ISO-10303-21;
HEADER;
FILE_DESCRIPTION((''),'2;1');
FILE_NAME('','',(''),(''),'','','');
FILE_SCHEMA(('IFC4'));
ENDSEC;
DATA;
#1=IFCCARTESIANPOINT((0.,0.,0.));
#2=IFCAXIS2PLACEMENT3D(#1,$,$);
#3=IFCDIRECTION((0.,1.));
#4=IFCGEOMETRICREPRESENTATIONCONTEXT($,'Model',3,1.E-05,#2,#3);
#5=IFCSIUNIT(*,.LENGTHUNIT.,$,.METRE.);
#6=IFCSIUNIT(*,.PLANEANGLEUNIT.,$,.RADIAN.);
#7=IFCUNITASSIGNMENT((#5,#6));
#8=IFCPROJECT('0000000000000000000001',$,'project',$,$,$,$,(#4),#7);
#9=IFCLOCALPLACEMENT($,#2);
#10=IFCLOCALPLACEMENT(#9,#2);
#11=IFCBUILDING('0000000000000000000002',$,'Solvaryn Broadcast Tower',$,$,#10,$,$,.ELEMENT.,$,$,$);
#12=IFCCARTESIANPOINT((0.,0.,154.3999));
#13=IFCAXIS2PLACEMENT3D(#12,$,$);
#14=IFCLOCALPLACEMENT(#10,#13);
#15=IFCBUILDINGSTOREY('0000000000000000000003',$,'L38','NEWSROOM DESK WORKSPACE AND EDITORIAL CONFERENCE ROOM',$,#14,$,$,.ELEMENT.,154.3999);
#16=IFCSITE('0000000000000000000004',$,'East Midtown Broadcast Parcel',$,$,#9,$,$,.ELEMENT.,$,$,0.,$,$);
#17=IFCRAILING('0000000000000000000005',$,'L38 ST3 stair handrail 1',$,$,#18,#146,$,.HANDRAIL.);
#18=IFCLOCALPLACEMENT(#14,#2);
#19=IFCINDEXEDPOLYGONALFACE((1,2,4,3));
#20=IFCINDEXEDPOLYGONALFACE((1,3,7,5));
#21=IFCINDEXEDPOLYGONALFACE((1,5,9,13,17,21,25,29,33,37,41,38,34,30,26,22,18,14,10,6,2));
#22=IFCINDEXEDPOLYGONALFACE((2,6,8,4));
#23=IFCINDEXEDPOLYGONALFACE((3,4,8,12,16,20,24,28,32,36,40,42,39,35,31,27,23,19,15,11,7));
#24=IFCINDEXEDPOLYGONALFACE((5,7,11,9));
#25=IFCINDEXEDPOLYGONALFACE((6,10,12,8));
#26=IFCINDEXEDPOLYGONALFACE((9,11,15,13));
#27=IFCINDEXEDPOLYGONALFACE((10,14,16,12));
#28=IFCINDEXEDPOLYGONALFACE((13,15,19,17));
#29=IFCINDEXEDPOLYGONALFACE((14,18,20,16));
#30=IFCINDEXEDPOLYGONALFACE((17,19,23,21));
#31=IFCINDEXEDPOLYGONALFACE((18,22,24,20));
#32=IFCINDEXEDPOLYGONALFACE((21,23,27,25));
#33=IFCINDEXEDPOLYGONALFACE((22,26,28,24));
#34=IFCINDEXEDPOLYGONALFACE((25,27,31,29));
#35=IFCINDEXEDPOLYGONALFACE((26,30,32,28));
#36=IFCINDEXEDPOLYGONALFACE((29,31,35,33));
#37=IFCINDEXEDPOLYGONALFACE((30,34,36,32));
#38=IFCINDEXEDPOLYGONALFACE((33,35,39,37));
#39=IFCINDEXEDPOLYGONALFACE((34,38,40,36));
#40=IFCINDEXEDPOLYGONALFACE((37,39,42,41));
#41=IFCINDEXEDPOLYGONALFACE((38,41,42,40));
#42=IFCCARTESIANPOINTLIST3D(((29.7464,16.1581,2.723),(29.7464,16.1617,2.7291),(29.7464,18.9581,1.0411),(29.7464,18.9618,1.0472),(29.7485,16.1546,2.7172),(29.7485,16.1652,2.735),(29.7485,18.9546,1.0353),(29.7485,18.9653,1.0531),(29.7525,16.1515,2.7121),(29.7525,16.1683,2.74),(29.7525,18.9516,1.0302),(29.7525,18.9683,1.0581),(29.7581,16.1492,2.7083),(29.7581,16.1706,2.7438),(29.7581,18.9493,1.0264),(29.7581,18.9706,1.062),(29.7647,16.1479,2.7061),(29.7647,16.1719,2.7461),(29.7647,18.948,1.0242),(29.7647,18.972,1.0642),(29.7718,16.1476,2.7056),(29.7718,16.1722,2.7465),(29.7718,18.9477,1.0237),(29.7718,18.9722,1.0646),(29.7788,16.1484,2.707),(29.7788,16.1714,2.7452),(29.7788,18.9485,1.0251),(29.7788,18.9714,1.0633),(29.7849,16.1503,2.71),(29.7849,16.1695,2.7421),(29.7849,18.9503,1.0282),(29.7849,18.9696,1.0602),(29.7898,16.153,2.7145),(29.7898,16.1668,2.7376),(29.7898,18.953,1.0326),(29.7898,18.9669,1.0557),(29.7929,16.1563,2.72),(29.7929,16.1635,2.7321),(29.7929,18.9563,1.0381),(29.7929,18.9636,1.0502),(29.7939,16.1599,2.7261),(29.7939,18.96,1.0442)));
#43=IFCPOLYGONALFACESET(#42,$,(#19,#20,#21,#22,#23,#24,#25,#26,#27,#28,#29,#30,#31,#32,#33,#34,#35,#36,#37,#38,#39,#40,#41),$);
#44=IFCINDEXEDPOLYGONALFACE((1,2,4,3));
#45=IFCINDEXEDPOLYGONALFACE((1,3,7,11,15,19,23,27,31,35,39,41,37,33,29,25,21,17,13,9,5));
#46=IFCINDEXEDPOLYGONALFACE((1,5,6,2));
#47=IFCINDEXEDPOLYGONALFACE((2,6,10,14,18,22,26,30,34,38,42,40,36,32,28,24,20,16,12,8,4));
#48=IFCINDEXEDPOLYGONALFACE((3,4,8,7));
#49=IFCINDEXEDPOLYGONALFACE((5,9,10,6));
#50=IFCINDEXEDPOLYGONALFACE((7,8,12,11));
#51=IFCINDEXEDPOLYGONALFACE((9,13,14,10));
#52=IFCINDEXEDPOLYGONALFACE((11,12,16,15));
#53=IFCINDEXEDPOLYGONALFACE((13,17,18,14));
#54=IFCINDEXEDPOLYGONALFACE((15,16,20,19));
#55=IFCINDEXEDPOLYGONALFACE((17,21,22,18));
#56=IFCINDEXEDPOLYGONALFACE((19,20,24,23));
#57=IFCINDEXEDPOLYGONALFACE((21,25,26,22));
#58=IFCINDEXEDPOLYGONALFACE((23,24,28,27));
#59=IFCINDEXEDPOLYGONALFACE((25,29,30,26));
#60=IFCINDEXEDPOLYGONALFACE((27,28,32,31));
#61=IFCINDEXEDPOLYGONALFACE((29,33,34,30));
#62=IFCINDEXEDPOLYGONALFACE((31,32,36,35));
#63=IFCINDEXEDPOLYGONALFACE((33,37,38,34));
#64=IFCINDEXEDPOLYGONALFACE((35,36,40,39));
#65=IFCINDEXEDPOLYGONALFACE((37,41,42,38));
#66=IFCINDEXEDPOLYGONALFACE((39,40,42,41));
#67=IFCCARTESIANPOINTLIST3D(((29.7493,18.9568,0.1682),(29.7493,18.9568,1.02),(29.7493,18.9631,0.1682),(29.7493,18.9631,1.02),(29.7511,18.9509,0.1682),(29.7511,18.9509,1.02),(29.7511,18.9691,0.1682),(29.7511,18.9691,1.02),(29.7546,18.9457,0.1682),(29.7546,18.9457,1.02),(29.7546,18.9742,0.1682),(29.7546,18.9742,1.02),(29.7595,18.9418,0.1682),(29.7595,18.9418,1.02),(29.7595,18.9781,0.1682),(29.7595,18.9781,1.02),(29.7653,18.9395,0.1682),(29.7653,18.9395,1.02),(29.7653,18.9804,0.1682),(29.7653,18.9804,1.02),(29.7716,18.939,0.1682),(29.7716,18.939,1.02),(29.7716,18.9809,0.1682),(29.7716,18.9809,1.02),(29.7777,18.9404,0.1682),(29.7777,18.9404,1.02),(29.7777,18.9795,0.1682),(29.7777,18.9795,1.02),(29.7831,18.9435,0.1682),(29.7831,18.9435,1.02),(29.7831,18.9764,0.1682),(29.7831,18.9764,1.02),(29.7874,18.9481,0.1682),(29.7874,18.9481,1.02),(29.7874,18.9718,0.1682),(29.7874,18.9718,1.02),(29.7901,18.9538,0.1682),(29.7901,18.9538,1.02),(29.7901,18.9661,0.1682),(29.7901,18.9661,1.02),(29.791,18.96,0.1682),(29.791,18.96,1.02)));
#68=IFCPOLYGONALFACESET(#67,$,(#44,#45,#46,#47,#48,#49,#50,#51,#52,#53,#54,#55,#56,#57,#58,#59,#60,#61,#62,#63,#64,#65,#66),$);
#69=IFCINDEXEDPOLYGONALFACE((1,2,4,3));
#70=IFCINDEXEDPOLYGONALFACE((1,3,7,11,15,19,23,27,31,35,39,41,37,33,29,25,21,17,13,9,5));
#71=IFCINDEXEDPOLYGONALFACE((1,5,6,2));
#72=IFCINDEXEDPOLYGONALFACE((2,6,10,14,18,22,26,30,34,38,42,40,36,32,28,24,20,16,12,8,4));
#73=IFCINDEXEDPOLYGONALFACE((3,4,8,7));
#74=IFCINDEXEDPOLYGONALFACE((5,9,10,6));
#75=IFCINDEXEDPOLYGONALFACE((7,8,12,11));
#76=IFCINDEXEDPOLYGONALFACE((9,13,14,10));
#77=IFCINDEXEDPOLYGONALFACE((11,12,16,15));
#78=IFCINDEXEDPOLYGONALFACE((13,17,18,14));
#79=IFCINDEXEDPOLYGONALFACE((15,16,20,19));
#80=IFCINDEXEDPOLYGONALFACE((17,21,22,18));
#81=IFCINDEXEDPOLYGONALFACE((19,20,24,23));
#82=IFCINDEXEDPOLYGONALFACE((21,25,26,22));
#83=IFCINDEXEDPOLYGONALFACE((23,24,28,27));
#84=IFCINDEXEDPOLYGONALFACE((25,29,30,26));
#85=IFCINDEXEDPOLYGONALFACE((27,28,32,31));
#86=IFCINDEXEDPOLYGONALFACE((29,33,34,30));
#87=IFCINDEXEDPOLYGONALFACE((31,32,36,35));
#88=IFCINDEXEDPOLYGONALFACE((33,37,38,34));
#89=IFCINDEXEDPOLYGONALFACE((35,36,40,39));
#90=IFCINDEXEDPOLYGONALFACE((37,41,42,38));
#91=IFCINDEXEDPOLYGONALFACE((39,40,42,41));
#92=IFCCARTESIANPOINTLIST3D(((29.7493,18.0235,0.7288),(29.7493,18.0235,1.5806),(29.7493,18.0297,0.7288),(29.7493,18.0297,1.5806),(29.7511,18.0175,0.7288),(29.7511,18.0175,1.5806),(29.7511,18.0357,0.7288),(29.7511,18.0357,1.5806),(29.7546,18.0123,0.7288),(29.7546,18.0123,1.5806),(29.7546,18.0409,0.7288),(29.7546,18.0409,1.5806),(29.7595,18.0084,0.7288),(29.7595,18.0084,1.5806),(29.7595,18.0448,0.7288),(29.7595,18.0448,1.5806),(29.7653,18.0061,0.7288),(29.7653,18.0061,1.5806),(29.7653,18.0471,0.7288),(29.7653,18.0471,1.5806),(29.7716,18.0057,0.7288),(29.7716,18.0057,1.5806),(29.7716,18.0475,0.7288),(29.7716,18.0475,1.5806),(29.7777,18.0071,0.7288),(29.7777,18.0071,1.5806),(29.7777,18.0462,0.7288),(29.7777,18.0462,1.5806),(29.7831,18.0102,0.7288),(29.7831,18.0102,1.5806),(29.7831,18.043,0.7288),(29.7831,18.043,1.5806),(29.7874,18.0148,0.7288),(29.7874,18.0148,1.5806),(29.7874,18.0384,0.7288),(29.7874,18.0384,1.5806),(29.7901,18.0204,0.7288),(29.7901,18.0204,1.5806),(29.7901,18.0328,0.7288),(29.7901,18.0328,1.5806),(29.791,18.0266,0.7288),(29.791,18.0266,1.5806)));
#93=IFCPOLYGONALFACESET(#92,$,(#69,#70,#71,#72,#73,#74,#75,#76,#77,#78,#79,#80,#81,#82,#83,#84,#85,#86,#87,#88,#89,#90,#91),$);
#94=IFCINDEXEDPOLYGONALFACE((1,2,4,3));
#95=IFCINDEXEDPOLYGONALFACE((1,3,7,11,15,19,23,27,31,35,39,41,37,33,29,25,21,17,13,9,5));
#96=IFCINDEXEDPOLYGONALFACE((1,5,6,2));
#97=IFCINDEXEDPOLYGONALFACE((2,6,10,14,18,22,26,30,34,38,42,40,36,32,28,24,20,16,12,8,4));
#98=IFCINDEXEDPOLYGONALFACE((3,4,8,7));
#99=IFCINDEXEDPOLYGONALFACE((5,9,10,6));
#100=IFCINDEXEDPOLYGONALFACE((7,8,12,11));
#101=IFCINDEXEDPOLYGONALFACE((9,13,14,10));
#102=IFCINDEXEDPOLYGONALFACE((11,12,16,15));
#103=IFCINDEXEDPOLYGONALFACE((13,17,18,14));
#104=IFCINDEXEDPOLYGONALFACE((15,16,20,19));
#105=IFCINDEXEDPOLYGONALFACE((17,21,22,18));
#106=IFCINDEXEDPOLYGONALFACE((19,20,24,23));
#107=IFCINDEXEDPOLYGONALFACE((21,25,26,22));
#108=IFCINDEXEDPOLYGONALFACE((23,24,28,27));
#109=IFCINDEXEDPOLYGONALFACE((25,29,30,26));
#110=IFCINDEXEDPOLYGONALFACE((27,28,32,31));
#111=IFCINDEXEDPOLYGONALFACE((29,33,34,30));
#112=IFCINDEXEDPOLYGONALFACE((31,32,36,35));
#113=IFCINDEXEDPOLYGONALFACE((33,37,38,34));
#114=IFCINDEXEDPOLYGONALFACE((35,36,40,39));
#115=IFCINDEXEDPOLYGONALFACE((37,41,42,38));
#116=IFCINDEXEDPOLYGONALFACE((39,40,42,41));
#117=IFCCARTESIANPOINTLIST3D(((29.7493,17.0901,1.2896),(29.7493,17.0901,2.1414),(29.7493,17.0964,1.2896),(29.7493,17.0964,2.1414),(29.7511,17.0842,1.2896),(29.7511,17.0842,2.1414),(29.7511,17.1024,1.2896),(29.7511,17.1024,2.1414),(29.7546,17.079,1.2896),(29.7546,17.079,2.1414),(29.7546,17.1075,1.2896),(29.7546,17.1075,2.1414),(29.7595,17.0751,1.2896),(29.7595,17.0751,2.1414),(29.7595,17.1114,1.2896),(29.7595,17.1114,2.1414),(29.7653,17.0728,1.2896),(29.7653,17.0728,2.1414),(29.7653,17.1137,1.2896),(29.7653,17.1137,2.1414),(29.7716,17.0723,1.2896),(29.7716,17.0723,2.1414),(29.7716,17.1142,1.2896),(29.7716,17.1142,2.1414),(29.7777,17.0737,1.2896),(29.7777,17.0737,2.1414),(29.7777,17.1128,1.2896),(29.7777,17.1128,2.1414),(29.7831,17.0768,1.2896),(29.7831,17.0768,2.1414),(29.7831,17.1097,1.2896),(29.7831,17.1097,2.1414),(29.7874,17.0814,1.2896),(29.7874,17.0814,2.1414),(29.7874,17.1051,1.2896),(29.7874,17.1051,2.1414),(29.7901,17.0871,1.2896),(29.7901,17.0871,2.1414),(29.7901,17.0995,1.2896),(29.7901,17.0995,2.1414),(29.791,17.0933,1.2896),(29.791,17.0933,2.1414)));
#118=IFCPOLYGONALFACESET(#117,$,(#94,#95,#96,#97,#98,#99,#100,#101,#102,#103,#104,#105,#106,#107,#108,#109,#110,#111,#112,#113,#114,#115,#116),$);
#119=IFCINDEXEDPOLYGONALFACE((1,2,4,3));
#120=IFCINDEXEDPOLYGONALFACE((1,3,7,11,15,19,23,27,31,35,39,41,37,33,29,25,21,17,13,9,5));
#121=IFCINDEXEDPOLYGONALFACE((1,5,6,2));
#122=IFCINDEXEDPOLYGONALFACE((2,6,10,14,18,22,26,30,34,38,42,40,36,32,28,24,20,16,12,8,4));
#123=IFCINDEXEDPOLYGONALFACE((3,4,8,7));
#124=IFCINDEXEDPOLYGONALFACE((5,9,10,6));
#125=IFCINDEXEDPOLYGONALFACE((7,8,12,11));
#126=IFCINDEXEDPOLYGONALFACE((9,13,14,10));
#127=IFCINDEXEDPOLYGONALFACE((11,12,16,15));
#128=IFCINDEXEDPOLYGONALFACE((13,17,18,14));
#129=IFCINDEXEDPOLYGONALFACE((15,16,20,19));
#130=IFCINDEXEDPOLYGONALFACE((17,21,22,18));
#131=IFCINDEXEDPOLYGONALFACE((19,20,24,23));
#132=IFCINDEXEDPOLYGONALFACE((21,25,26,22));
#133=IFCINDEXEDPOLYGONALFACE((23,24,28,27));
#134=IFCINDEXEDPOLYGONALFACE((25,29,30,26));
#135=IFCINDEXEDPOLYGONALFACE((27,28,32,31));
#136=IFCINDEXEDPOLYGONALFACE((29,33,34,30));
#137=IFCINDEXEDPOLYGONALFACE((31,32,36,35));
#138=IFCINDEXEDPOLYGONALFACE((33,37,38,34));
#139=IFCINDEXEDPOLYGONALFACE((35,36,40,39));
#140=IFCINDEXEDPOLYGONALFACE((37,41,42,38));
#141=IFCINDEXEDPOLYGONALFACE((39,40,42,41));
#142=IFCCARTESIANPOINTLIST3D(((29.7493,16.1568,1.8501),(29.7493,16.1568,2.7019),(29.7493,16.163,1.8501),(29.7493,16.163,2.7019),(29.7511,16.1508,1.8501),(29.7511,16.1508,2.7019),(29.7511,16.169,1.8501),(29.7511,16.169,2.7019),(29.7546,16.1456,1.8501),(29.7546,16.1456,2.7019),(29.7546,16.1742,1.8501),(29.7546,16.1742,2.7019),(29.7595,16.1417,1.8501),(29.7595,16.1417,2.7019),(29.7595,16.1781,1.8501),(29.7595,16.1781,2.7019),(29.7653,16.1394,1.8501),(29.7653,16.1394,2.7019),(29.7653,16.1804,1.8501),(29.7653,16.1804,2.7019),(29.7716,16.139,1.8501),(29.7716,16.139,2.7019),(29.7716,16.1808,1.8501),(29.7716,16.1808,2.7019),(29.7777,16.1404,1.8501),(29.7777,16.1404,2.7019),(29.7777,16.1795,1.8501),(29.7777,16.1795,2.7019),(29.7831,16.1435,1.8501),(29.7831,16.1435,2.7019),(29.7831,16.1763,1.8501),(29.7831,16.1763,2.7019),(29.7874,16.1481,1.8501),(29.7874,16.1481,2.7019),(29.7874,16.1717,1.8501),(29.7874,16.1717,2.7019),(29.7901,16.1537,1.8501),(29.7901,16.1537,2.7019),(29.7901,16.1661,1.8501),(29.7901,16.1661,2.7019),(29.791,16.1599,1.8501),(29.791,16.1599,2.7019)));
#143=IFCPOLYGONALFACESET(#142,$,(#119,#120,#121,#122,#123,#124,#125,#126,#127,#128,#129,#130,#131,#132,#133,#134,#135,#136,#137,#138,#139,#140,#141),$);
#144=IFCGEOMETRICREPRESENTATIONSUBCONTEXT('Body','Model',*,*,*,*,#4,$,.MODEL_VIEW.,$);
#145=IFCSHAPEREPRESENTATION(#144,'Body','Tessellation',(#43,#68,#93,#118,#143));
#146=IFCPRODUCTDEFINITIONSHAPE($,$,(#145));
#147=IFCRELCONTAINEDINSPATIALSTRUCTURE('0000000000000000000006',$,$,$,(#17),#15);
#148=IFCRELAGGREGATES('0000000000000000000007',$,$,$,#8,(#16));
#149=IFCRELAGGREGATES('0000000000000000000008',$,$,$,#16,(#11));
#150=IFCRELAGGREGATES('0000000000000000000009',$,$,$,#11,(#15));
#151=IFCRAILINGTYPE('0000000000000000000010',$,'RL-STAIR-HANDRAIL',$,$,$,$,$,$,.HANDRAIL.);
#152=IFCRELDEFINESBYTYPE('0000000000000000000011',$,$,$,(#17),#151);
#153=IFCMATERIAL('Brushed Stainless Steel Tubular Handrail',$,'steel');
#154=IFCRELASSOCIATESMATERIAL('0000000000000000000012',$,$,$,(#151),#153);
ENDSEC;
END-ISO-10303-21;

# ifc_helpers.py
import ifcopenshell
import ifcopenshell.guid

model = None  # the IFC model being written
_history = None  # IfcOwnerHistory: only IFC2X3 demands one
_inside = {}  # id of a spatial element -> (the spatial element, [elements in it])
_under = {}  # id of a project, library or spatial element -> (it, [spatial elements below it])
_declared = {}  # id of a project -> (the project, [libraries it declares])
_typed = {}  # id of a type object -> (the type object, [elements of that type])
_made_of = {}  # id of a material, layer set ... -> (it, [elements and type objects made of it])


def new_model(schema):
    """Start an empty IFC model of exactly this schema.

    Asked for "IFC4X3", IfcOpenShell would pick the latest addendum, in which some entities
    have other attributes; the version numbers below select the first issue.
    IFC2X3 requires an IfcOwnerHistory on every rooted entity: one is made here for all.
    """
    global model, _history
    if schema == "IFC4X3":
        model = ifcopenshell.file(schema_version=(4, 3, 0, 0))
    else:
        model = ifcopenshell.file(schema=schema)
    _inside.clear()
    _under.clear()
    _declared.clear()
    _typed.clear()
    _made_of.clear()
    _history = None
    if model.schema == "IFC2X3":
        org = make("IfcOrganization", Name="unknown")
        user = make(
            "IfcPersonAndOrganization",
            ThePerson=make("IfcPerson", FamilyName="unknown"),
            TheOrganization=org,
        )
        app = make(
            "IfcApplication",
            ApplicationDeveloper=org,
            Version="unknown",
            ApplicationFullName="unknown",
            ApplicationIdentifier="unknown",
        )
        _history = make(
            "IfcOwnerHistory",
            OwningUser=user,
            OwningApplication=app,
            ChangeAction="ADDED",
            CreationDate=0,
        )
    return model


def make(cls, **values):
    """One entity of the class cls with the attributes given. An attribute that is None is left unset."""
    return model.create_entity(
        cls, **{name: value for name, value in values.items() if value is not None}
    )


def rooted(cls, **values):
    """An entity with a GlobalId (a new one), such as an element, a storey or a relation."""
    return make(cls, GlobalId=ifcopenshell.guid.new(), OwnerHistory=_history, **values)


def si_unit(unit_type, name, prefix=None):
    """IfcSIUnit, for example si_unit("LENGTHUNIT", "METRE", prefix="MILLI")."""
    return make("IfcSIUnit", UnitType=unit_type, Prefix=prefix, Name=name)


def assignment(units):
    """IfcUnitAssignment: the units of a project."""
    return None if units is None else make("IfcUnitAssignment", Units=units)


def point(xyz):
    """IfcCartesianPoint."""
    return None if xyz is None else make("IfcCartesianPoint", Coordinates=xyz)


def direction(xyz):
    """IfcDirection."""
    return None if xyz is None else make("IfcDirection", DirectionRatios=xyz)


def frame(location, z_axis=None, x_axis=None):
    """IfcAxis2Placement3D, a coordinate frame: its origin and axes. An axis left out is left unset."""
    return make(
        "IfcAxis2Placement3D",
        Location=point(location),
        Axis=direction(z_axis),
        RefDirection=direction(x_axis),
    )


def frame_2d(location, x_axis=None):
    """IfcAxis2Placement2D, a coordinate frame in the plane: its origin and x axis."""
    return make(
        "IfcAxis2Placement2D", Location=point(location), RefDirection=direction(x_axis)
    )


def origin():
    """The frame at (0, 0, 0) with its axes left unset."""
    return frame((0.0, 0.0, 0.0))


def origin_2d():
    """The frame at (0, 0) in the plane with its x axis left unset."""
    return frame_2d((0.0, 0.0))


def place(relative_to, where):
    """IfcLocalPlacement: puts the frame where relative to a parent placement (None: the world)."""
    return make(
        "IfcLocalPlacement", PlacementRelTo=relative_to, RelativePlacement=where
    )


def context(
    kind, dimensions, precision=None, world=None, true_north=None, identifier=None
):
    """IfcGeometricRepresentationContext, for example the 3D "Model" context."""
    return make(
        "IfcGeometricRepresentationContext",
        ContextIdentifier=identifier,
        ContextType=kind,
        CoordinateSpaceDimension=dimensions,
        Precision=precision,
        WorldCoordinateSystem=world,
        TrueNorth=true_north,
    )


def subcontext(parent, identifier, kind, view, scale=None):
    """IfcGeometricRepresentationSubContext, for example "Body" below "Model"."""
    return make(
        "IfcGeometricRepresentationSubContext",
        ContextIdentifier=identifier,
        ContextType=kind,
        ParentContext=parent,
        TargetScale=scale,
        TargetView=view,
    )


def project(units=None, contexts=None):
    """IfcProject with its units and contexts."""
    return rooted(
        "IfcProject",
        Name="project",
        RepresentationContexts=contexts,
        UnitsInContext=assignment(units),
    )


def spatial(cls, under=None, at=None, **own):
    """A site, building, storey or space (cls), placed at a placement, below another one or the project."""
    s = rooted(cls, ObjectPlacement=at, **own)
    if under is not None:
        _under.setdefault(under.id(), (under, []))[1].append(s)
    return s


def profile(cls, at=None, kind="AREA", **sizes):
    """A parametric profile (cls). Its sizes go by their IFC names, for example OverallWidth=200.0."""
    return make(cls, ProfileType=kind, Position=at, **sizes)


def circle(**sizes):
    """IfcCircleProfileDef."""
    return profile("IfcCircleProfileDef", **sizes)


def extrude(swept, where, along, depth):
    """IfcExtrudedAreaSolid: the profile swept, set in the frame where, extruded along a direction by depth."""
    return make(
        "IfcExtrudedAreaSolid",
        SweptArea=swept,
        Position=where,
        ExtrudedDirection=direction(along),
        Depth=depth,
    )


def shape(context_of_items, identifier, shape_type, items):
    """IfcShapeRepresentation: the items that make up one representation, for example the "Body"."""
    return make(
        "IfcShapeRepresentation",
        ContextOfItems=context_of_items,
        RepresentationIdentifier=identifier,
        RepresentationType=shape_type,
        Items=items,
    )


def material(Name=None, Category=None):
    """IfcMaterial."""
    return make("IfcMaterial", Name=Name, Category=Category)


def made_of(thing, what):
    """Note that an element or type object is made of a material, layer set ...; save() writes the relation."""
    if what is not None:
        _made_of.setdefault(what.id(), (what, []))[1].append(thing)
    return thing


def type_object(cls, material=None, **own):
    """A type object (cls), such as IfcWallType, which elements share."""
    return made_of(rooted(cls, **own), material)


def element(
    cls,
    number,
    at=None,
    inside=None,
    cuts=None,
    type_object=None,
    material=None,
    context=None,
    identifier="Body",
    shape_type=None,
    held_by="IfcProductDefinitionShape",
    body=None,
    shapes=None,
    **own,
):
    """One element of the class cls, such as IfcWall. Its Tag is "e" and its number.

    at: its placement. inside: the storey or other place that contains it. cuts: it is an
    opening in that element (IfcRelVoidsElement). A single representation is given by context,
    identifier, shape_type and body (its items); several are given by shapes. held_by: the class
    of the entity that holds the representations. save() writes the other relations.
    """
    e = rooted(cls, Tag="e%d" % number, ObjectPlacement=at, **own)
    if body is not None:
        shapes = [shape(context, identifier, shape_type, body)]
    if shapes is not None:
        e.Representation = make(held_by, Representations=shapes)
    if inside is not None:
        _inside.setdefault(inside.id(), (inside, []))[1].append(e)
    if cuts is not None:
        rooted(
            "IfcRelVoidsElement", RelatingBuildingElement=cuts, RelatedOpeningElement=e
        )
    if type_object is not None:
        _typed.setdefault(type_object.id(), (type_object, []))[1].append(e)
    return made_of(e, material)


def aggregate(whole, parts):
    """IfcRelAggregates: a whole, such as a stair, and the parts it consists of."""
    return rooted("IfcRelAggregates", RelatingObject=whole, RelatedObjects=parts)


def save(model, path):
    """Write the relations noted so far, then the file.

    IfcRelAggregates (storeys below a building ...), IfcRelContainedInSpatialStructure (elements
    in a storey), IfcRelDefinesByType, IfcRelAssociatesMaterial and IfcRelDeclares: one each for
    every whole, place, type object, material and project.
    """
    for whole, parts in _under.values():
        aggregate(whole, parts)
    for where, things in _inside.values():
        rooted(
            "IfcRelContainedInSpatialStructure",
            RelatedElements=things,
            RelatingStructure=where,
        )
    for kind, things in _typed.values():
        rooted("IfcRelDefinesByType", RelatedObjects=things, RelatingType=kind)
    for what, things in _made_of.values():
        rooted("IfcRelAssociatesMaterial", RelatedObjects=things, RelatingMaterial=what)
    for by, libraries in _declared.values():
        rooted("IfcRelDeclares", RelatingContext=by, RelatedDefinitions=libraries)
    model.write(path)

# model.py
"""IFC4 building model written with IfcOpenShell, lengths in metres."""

from ifc_helpers import new_model, si_unit, direction, frame, origin, origin_2d, place, context, subcontext, project, spatial, circle, extrude, material, type_object, element, save


model = new_model("IFC4")

# Units and contexts
model_context = context("Model", 3, precision=1e-05, world=origin(), true_north=direction((0.0, 1.0)))
body_context = subcontext(model_context, "Body", "Model", "MODEL_VIEW")
ifc_project = project(units=[si_unit("LENGTHUNIT", "METRE"), si_unit("PLANEANGLEUNIT", "RADIAN")], contexts=[model_context])

# Site, building, storey
site_placement = place(None, origin())
site = spatial("IfcSite", under=ifc_project, at=site_placement, Name="East Midtown Broadcast Parcel", CompositionType="ELEMENT", RefElevation=0.0)
building_placement = place(site_placement, origin())
building = spatial("IfcBuilding", under=site, at=building_placement, Name="Solvaryn Broadcast Tower", CompositionType="ELEMENT")
storey_placement = place(building_placement, frame((0.0, 0.0, 154.3999)))
storey = spatial("IfcBuildingStorey", under=building, at=storey_placement, Name="L38", Description="NEWSROOM DESK WORKSPACE AND EDITORIAL CONFERENCE ROOM", CompositionType="ELEMENT", Elevation=154.3999)

# Railing
ifc_material_1 = material(Name="Brushed Stainless Steel Tubular Handrail", Category="steel")
railing_type_1 = type_object("IfcRailingType", Name="RL-STAIR-HANDRAIL", PredefinedType="HANDRAIL", material=ifc_material_1)
railing_1_placement = place(storey_placement, frame((29.77, 18.96, 0.1682)))
element("IfcRailing", 1, at=railing_1_placement, inside=storey, type_object=railing_type_1, Name="L38 ST3 stair handrail 1", PredefinedType="HANDRAIL", context=body_context, shape_type="SweptSolid", body=[
    extrude(circle(Radius=0.0239, at=origin_2d()), frame((0.0, 0.0, 0.876), z_axis=(0.0, -0.857242, 0.514913), x_axis=(1.0, 0.0, 0.0)), (0.0, 0.0, 1.0), 3.2664),
    extrude(circle(Radius=0.021, at=origin_2d()), origin(), (0.0, 0.0, 1.0), 0.8518),
    extrude(circle(Radius=0.021, at=origin_2d()), frame((0.0, -0.9333, 0.5605)), (0.0, 0.0, 1.0), 0.8518),
    extrude(circle(Radius=0.021, at=origin_2d()), frame((0.0, -1.8667, 1.1213)), (0.0, 0.0, 1.0), 0.8518),
    extrude(circle(Radius=0.021, at=origin_2d()), frame((0.0, -2.8, 1.6819)), (0.0, 0.0, 1.0), 0.8518),
])

save(model, "model.ifc")
